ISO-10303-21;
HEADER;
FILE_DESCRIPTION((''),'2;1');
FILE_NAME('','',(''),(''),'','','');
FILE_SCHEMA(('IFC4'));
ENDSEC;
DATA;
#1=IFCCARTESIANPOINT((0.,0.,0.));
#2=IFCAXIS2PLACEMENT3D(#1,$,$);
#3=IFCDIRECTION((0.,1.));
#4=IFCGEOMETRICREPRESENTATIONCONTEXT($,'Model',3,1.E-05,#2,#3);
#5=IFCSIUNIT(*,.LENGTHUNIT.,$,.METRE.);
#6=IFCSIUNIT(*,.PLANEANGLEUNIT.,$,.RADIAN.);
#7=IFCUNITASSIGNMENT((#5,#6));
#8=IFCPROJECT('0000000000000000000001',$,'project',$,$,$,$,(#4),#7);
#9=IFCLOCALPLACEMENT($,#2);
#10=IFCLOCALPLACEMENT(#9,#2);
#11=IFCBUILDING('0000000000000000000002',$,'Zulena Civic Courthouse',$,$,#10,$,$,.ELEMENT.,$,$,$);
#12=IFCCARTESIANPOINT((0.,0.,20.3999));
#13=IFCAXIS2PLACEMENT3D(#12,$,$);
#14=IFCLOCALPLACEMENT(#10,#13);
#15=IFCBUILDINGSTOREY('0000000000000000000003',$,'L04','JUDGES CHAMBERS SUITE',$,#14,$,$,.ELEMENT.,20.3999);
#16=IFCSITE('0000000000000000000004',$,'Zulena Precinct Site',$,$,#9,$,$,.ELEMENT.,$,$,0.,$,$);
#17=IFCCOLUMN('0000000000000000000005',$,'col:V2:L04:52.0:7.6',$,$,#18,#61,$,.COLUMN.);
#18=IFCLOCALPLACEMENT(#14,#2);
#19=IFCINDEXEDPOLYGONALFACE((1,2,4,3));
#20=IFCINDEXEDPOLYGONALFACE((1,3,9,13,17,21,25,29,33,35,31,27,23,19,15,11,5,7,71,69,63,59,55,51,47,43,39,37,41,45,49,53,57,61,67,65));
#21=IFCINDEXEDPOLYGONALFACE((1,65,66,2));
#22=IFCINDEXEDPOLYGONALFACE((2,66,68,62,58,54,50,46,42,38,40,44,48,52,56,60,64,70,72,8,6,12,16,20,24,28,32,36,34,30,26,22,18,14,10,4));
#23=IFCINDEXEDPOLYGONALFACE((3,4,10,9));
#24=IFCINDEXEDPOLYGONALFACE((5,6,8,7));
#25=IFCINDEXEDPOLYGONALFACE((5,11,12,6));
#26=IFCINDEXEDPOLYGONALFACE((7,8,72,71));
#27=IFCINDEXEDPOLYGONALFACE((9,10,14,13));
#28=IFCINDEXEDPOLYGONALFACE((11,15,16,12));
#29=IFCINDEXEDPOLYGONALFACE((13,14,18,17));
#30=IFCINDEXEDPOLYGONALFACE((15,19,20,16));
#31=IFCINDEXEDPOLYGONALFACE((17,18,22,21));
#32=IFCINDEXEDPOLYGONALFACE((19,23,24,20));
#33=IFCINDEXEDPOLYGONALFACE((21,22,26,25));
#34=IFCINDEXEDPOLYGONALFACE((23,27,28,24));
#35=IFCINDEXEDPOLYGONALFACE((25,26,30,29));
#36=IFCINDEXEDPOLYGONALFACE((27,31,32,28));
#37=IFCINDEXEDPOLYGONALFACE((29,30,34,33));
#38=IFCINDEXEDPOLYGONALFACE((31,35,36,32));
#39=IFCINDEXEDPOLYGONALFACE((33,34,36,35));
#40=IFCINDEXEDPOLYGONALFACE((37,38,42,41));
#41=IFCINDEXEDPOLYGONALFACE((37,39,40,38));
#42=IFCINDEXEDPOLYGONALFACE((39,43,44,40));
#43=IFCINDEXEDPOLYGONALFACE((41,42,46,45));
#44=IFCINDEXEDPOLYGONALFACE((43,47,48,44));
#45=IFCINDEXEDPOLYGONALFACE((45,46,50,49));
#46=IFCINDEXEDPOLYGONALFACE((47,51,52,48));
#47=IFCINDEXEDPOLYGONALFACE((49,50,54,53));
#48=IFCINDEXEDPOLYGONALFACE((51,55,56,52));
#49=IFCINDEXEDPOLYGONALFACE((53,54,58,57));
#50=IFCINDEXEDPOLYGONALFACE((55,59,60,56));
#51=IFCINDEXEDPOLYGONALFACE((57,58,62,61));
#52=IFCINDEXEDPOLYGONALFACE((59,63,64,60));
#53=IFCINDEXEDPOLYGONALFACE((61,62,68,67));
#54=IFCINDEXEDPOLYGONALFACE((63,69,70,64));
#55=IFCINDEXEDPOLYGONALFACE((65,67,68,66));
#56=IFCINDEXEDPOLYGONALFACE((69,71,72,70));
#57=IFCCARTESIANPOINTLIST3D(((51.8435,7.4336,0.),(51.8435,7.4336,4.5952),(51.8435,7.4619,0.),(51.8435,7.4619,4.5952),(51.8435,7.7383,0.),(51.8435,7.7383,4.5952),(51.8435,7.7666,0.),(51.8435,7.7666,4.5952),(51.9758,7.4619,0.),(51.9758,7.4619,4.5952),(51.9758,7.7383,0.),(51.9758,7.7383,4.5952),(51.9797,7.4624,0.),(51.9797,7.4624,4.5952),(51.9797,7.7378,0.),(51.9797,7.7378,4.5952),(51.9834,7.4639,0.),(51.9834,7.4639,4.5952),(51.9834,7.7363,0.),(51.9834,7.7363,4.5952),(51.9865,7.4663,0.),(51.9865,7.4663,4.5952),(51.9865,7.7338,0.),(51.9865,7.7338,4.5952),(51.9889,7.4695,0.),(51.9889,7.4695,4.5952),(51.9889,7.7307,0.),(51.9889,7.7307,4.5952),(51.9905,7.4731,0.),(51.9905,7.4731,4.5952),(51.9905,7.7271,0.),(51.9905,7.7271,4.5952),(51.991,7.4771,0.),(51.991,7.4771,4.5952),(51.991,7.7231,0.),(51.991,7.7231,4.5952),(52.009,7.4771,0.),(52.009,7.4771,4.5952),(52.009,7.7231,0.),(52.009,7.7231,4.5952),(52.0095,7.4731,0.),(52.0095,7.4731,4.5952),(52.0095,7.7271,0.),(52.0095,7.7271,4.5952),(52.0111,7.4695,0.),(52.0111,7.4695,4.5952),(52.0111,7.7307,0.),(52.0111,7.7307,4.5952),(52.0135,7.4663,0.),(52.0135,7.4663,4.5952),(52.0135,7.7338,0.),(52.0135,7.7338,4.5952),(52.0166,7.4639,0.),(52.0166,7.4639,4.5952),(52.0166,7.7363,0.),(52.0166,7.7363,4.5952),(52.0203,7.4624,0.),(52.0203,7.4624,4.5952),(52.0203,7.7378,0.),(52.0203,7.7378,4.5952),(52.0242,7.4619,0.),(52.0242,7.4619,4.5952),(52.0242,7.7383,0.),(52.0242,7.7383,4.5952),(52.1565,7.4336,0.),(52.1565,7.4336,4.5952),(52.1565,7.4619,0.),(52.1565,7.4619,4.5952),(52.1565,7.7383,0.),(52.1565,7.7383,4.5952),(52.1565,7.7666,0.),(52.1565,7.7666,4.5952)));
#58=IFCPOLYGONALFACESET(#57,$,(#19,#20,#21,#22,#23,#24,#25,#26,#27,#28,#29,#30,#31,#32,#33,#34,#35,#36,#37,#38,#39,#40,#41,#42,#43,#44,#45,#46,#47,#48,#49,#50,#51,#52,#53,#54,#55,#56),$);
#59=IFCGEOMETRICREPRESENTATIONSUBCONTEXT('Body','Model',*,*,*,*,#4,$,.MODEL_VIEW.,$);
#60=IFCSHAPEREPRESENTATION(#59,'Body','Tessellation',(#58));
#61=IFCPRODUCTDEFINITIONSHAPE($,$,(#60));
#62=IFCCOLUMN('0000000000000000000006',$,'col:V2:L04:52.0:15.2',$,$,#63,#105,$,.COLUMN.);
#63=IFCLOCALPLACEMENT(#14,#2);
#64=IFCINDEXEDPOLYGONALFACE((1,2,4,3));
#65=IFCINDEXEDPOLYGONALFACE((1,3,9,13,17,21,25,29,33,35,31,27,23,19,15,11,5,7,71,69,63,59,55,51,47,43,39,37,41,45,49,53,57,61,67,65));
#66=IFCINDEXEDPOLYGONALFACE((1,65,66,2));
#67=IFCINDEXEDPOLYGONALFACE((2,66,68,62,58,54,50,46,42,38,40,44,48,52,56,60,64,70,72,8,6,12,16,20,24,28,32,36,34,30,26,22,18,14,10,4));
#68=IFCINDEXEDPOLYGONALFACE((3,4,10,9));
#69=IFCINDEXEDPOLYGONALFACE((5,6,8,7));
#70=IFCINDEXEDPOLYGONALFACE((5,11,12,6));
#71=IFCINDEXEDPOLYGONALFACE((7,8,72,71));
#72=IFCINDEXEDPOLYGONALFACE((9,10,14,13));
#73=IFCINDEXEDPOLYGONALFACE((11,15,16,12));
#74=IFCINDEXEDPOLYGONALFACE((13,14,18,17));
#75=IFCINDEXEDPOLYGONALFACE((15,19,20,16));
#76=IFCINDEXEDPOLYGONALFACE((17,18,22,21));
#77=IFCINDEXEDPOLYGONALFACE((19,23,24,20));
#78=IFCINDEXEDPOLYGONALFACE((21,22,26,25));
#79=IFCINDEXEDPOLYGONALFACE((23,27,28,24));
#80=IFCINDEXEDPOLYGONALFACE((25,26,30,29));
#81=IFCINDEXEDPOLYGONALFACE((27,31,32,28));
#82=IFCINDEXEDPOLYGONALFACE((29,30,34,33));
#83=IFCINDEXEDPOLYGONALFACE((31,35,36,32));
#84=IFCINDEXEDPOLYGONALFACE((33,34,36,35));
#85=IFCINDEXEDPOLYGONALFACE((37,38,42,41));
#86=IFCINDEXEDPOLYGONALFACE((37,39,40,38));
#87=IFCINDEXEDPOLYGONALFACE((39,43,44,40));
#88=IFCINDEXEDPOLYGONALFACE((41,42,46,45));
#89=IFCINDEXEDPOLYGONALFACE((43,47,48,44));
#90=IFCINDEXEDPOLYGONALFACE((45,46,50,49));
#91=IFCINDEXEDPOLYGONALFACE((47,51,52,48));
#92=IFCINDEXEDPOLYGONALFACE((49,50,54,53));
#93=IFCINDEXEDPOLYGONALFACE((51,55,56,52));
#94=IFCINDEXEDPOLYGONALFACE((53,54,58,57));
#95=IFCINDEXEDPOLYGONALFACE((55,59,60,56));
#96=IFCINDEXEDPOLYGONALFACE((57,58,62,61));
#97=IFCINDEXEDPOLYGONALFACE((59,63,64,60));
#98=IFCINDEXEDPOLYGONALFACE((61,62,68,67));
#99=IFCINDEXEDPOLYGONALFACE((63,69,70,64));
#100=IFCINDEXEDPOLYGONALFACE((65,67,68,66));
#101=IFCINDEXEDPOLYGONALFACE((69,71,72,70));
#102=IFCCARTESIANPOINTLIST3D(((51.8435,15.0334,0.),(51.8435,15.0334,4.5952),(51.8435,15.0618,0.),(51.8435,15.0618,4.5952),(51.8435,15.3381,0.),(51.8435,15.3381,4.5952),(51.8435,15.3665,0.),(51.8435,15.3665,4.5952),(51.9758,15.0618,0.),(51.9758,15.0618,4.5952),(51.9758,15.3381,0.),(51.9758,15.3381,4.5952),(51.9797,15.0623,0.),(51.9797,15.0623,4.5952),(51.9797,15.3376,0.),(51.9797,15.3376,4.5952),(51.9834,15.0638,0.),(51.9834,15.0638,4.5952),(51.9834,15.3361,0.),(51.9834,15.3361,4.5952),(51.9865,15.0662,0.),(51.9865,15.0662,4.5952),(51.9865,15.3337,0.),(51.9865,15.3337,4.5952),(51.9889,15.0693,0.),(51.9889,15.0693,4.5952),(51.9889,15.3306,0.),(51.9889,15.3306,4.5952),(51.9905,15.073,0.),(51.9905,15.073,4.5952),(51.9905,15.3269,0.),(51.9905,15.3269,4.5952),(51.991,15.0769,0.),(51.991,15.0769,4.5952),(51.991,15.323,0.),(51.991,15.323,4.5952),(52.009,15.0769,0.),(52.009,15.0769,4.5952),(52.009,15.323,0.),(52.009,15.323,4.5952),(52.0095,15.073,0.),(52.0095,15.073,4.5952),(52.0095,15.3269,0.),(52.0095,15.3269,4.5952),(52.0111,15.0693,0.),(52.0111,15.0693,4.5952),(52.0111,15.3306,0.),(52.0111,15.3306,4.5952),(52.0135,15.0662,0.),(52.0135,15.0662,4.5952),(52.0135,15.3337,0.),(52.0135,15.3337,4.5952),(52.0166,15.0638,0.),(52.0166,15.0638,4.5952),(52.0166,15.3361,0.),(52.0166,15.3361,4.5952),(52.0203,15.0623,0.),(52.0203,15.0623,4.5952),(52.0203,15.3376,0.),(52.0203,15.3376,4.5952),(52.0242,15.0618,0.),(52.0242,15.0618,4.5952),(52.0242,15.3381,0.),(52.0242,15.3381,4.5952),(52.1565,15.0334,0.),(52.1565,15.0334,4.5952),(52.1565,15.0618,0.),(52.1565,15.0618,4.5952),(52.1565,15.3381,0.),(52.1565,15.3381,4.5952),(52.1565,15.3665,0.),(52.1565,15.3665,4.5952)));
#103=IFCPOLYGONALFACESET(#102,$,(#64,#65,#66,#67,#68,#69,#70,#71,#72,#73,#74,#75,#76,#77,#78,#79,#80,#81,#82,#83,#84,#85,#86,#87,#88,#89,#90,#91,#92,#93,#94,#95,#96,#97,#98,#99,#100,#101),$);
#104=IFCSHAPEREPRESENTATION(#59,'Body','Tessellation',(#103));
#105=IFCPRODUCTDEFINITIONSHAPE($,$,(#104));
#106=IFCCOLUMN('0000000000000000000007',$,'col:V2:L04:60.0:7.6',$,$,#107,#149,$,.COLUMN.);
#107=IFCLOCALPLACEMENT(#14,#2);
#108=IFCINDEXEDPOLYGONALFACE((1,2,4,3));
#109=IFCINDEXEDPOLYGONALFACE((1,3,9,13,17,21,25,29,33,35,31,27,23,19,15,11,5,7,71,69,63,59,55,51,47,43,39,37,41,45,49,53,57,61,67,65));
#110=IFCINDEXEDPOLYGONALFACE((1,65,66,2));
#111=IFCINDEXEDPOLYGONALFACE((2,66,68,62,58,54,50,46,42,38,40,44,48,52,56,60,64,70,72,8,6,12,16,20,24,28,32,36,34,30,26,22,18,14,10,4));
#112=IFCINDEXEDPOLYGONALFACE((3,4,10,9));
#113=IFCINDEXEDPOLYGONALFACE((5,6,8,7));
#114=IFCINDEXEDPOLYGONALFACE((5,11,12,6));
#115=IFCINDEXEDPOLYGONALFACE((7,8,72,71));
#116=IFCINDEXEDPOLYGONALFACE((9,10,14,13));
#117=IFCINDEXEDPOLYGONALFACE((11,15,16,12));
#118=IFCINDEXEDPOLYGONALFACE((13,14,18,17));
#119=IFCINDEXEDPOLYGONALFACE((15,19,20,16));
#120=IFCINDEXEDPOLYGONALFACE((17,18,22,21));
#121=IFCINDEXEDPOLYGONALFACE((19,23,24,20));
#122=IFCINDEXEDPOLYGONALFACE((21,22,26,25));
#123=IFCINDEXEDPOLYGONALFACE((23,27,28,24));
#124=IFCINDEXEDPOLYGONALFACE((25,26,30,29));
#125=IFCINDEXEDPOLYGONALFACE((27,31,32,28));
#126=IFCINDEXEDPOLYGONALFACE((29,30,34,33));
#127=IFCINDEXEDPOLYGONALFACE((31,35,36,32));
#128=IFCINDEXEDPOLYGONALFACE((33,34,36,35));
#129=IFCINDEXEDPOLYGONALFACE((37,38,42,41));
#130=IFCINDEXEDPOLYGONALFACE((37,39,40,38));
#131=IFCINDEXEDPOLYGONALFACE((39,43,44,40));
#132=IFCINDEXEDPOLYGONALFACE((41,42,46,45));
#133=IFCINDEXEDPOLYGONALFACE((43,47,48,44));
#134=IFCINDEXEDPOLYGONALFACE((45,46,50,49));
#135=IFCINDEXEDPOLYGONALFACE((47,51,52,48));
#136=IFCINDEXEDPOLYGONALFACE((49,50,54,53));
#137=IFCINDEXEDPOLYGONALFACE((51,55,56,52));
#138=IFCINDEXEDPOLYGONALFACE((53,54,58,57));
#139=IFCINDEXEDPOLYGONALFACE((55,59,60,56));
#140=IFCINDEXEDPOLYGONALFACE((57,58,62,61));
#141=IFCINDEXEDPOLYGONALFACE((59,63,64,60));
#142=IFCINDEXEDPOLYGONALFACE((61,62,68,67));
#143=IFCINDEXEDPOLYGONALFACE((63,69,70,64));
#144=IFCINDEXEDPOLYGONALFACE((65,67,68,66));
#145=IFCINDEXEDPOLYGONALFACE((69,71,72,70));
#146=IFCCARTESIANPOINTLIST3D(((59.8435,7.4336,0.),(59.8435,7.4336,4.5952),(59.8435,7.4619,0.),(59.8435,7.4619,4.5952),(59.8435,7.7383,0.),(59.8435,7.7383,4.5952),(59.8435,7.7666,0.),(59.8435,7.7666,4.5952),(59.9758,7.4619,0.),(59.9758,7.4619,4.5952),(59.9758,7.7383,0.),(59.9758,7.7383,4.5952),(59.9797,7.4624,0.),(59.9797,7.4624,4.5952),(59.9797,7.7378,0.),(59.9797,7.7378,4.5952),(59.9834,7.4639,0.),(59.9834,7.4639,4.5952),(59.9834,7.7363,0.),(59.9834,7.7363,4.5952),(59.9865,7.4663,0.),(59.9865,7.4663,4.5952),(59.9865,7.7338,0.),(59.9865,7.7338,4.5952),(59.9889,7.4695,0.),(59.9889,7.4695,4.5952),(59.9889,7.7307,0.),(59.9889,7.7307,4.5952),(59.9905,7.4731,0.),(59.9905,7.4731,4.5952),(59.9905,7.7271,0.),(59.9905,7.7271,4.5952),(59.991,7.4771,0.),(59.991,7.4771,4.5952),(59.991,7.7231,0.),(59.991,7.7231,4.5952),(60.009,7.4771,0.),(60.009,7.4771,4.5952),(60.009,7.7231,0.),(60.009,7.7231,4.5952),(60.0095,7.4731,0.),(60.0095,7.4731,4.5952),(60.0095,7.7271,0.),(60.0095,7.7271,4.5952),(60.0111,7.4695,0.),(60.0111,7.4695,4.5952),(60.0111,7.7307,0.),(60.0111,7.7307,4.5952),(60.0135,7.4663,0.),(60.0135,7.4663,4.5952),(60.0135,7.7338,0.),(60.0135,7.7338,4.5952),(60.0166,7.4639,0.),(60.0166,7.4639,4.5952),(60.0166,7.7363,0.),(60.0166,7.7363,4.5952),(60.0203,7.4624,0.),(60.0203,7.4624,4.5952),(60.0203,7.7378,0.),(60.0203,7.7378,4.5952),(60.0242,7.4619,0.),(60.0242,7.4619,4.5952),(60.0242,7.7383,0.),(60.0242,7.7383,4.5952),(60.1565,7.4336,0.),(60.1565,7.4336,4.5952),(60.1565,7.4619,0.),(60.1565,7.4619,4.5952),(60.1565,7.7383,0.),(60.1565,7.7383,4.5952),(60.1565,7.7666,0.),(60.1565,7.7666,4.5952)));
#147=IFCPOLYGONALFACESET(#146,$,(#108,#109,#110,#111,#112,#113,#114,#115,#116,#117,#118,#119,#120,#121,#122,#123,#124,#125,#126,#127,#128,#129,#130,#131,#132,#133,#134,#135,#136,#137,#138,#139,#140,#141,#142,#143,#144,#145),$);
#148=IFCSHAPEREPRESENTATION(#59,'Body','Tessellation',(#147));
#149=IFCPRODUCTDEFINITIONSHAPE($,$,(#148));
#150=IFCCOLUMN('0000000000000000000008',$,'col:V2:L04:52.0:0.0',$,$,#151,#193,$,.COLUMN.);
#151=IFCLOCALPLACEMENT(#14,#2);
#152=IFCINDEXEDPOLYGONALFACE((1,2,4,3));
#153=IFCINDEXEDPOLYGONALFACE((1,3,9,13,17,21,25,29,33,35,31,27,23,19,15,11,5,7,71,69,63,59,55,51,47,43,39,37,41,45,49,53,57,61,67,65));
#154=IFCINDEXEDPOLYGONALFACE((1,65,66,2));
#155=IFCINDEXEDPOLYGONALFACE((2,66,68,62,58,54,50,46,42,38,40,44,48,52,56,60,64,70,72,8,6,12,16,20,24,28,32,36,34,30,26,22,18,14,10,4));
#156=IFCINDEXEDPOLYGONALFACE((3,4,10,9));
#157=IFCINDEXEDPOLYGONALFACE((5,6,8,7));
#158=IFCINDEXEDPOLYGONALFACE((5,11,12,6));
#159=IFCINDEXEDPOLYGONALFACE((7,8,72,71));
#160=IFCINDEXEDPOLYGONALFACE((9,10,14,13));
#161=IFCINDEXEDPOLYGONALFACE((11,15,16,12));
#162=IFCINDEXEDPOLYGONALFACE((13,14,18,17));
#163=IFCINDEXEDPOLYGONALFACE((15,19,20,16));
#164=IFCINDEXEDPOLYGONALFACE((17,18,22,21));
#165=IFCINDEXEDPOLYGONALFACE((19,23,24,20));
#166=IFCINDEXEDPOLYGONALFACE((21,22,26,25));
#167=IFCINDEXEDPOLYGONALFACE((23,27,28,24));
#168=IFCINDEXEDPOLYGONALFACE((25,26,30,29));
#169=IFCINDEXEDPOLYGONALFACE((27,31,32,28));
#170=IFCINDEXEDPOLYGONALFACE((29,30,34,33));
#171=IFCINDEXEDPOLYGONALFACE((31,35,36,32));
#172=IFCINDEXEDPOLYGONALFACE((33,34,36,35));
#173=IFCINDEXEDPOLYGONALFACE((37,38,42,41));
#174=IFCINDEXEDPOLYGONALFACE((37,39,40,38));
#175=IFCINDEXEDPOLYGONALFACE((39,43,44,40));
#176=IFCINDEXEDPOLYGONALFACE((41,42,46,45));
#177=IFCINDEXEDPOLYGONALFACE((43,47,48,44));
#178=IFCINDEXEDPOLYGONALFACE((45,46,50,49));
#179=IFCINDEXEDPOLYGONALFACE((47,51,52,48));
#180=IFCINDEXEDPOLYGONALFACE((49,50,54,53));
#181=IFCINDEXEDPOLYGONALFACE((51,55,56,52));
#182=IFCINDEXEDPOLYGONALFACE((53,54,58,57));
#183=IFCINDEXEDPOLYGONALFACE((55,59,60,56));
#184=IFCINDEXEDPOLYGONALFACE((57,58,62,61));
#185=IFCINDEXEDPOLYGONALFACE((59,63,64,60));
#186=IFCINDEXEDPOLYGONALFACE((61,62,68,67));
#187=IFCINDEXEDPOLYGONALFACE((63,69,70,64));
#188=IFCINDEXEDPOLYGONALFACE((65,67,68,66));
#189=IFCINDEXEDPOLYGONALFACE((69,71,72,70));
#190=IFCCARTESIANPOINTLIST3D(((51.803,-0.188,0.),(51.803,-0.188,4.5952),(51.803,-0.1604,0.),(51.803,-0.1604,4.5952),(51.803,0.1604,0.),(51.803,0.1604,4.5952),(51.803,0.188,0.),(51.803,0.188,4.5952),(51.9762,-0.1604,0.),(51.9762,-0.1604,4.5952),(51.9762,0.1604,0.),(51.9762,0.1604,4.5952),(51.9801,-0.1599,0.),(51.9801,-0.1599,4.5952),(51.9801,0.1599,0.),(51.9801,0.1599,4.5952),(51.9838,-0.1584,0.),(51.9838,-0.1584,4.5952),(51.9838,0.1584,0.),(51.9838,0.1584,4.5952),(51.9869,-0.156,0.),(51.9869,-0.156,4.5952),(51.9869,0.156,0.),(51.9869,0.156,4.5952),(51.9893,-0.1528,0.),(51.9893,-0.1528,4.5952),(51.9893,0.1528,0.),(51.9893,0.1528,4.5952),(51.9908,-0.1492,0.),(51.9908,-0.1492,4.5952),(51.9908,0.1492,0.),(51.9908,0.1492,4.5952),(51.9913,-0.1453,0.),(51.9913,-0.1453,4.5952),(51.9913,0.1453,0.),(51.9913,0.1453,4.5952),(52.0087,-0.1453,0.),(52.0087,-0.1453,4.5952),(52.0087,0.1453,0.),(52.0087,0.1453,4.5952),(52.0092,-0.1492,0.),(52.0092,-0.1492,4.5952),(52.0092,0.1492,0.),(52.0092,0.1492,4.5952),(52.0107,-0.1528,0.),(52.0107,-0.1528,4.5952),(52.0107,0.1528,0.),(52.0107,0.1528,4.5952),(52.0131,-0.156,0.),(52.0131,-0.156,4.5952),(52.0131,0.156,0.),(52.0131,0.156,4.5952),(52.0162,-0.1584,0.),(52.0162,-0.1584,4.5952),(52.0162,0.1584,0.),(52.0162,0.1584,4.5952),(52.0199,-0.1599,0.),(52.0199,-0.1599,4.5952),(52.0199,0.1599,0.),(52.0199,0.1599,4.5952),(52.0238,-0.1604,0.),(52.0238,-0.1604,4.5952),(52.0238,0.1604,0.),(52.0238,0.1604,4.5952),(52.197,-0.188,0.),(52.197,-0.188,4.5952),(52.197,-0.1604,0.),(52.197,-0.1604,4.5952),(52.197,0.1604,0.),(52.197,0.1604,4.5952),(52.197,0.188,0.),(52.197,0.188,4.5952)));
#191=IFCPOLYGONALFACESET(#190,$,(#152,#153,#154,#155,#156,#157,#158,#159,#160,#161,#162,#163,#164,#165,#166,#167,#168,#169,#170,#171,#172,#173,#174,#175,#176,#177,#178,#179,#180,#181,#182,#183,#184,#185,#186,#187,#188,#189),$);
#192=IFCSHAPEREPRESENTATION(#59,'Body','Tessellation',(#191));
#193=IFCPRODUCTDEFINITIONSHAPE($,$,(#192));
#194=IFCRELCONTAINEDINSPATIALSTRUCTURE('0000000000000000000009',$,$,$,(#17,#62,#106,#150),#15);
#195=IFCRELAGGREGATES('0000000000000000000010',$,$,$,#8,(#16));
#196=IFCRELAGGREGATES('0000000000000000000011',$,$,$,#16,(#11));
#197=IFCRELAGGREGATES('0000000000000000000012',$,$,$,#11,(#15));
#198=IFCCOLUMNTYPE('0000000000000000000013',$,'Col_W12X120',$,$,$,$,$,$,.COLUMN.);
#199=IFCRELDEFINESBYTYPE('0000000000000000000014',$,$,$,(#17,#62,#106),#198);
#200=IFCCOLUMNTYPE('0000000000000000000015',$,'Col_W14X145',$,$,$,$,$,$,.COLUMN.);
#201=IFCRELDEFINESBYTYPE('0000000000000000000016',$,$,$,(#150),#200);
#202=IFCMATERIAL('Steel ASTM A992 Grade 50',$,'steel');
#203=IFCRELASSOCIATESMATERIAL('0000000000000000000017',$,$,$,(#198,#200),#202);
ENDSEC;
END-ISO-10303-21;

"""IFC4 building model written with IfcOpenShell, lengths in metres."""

from ifc_helpers import new_model, si_unit, direction, frame, origin, origin_2d, place, context, subcontext, project, spatial, i_section, extrude, material, material_profile, profile_set, type_object, element, save


model = new_model("IFC4")

# Units and contexts
model_context = context("Model", 3, precision=1e-05, world=origin(), true_north=direction((0.0, 1.0)))
body_context = subcontext(model_context, "Body", "Model", "MODEL_VIEW")
ifc_project = project(units=[si_unit("LENGTHUNIT", "METRE"), si_unit("PLANEANGLEUNIT", "RADIAN")], contexts=[model_context])

# Site, building, storey
site_placement = place(None, origin())
site = spatial("IfcSite", under=ifc_project, at=site_placement, Name="Zulena Precinct Site", CompositionType="ELEMENT", RefElevation=0.0)
building_placement = place(site_placement, origin())
building = spatial("IfcBuilding", under=site, at=building_placement, Name="Zulena Civic Courthouse", CompositionType="ELEMENT")
storey_placement = place(building_placement, frame((0.0, 0.0, 20.3999)))
storey = spatial("IfcBuildingStorey", under=building, at=storey_placement, Name="L04", Description="JUDGES CHAMBERS SUITE", CompositionType="ELEMENT", Elevation=20.3999)

# Columns
ifc_material_1 = material(Name="Steel ASTM A992 Grade 50", Category="steel")
ifc_material_profile_1 = material_profile(ifc_material_1, i_section(OverallWidth=0.313, OverallDepth=0.333, WebThickness=0.0181, FlangeThickness=0.0283, FilletRadius=0.0151, at=origin_2d()), Name="W12X120")
ifc_profile_set_1 = profile_set([ifc_material_profile_1], Name="Steel ASTM A992 Grade 50")
column_type_1 = type_object("IfcColumnType", Name="Col_W12X120", PredefinedType="COLUMN", material=ifc_profile_set_1)
for number, where, z_axis, x_axis, name in (
    (1, (52.0, 7.6001, 0.0), (0.0, 0.0, 1.0), (1.0, 0.0, 0.0), "col:V2:L04:52.0:7.6"),
    (2, (52.0, 15.2, 0.0), (0.0, 0.0, 1.0), (1.0, 0.0, 0.0), "col:V2:L04:52.0:15.2"),
    (3, (60.0, 7.6001, 0.0), (0.0, 0.0, 1.0), (1.0, 0.0, 0.0), "col:V2:L04:60.0:7.6"),
):
    element("IfcColumn", number, at=place(storey_placement, frame(where, z_axis=z_axis, x_axis=x_axis)), inside=storey, type_object=column_type_1, Name=name, PredefinedType="COLUMN", context=body_context, shape_type="SweptSolid", body=[
        extrude(i_section(OverallWidth=0.313, OverallDepth=0.333, WebThickness=0.0181, FlangeThickness=0.0283, FilletRadius=0.0151, at=origin_2d()), origin(), (0.0, 0.0, 1.0), 4.5952),
    ])
ifc_material_profile_2 = material_profile(ifc_material_1, i_section(OverallWidth=0.394, OverallDepth=0.376, WebThickness=0.0173, FlangeThickness=0.0276, FilletRadius=0.0151, at=origin_2d()), Name="W14X145")
ifc_profile_set_2 = profile_set([ifc_material_profile_2], Name="Steel ASTM A992 Grade 50")
column_type_2 = type_object("IfcColumnType", Name="Col_W14X145", PredefinedType="COLUMN", material=ifc_profile_set_2)
for number, where, z_axis, x_axis, name in (
    (4, (52.0, 0.0, 0.0), (0.0, 0.0, 1.0), (1.0, 0.0, 0.0), "col:V2:L04:52.0:0.0"),
):
    element("IfcColumn", number, at=place(storey_placement, frame(where, z_axis=z_axis, x_axis=x_axis)), inside=storey, type_object=column_type_2, Name=name, PredefinedType="COLUMN", context=body_context, shape_type="SweptSolid", body=[
        extrude(i_section(OverallWidth=0.394, OverallDepth=0.376, WebThickness=0.0173, FlangeThickness=0.0276, FilletRadius=0.0151, at=origin_2d()), origin(), (0.0, 0.0, 1.0), 4.5952),
    ])

save(model, "model.ifc")
